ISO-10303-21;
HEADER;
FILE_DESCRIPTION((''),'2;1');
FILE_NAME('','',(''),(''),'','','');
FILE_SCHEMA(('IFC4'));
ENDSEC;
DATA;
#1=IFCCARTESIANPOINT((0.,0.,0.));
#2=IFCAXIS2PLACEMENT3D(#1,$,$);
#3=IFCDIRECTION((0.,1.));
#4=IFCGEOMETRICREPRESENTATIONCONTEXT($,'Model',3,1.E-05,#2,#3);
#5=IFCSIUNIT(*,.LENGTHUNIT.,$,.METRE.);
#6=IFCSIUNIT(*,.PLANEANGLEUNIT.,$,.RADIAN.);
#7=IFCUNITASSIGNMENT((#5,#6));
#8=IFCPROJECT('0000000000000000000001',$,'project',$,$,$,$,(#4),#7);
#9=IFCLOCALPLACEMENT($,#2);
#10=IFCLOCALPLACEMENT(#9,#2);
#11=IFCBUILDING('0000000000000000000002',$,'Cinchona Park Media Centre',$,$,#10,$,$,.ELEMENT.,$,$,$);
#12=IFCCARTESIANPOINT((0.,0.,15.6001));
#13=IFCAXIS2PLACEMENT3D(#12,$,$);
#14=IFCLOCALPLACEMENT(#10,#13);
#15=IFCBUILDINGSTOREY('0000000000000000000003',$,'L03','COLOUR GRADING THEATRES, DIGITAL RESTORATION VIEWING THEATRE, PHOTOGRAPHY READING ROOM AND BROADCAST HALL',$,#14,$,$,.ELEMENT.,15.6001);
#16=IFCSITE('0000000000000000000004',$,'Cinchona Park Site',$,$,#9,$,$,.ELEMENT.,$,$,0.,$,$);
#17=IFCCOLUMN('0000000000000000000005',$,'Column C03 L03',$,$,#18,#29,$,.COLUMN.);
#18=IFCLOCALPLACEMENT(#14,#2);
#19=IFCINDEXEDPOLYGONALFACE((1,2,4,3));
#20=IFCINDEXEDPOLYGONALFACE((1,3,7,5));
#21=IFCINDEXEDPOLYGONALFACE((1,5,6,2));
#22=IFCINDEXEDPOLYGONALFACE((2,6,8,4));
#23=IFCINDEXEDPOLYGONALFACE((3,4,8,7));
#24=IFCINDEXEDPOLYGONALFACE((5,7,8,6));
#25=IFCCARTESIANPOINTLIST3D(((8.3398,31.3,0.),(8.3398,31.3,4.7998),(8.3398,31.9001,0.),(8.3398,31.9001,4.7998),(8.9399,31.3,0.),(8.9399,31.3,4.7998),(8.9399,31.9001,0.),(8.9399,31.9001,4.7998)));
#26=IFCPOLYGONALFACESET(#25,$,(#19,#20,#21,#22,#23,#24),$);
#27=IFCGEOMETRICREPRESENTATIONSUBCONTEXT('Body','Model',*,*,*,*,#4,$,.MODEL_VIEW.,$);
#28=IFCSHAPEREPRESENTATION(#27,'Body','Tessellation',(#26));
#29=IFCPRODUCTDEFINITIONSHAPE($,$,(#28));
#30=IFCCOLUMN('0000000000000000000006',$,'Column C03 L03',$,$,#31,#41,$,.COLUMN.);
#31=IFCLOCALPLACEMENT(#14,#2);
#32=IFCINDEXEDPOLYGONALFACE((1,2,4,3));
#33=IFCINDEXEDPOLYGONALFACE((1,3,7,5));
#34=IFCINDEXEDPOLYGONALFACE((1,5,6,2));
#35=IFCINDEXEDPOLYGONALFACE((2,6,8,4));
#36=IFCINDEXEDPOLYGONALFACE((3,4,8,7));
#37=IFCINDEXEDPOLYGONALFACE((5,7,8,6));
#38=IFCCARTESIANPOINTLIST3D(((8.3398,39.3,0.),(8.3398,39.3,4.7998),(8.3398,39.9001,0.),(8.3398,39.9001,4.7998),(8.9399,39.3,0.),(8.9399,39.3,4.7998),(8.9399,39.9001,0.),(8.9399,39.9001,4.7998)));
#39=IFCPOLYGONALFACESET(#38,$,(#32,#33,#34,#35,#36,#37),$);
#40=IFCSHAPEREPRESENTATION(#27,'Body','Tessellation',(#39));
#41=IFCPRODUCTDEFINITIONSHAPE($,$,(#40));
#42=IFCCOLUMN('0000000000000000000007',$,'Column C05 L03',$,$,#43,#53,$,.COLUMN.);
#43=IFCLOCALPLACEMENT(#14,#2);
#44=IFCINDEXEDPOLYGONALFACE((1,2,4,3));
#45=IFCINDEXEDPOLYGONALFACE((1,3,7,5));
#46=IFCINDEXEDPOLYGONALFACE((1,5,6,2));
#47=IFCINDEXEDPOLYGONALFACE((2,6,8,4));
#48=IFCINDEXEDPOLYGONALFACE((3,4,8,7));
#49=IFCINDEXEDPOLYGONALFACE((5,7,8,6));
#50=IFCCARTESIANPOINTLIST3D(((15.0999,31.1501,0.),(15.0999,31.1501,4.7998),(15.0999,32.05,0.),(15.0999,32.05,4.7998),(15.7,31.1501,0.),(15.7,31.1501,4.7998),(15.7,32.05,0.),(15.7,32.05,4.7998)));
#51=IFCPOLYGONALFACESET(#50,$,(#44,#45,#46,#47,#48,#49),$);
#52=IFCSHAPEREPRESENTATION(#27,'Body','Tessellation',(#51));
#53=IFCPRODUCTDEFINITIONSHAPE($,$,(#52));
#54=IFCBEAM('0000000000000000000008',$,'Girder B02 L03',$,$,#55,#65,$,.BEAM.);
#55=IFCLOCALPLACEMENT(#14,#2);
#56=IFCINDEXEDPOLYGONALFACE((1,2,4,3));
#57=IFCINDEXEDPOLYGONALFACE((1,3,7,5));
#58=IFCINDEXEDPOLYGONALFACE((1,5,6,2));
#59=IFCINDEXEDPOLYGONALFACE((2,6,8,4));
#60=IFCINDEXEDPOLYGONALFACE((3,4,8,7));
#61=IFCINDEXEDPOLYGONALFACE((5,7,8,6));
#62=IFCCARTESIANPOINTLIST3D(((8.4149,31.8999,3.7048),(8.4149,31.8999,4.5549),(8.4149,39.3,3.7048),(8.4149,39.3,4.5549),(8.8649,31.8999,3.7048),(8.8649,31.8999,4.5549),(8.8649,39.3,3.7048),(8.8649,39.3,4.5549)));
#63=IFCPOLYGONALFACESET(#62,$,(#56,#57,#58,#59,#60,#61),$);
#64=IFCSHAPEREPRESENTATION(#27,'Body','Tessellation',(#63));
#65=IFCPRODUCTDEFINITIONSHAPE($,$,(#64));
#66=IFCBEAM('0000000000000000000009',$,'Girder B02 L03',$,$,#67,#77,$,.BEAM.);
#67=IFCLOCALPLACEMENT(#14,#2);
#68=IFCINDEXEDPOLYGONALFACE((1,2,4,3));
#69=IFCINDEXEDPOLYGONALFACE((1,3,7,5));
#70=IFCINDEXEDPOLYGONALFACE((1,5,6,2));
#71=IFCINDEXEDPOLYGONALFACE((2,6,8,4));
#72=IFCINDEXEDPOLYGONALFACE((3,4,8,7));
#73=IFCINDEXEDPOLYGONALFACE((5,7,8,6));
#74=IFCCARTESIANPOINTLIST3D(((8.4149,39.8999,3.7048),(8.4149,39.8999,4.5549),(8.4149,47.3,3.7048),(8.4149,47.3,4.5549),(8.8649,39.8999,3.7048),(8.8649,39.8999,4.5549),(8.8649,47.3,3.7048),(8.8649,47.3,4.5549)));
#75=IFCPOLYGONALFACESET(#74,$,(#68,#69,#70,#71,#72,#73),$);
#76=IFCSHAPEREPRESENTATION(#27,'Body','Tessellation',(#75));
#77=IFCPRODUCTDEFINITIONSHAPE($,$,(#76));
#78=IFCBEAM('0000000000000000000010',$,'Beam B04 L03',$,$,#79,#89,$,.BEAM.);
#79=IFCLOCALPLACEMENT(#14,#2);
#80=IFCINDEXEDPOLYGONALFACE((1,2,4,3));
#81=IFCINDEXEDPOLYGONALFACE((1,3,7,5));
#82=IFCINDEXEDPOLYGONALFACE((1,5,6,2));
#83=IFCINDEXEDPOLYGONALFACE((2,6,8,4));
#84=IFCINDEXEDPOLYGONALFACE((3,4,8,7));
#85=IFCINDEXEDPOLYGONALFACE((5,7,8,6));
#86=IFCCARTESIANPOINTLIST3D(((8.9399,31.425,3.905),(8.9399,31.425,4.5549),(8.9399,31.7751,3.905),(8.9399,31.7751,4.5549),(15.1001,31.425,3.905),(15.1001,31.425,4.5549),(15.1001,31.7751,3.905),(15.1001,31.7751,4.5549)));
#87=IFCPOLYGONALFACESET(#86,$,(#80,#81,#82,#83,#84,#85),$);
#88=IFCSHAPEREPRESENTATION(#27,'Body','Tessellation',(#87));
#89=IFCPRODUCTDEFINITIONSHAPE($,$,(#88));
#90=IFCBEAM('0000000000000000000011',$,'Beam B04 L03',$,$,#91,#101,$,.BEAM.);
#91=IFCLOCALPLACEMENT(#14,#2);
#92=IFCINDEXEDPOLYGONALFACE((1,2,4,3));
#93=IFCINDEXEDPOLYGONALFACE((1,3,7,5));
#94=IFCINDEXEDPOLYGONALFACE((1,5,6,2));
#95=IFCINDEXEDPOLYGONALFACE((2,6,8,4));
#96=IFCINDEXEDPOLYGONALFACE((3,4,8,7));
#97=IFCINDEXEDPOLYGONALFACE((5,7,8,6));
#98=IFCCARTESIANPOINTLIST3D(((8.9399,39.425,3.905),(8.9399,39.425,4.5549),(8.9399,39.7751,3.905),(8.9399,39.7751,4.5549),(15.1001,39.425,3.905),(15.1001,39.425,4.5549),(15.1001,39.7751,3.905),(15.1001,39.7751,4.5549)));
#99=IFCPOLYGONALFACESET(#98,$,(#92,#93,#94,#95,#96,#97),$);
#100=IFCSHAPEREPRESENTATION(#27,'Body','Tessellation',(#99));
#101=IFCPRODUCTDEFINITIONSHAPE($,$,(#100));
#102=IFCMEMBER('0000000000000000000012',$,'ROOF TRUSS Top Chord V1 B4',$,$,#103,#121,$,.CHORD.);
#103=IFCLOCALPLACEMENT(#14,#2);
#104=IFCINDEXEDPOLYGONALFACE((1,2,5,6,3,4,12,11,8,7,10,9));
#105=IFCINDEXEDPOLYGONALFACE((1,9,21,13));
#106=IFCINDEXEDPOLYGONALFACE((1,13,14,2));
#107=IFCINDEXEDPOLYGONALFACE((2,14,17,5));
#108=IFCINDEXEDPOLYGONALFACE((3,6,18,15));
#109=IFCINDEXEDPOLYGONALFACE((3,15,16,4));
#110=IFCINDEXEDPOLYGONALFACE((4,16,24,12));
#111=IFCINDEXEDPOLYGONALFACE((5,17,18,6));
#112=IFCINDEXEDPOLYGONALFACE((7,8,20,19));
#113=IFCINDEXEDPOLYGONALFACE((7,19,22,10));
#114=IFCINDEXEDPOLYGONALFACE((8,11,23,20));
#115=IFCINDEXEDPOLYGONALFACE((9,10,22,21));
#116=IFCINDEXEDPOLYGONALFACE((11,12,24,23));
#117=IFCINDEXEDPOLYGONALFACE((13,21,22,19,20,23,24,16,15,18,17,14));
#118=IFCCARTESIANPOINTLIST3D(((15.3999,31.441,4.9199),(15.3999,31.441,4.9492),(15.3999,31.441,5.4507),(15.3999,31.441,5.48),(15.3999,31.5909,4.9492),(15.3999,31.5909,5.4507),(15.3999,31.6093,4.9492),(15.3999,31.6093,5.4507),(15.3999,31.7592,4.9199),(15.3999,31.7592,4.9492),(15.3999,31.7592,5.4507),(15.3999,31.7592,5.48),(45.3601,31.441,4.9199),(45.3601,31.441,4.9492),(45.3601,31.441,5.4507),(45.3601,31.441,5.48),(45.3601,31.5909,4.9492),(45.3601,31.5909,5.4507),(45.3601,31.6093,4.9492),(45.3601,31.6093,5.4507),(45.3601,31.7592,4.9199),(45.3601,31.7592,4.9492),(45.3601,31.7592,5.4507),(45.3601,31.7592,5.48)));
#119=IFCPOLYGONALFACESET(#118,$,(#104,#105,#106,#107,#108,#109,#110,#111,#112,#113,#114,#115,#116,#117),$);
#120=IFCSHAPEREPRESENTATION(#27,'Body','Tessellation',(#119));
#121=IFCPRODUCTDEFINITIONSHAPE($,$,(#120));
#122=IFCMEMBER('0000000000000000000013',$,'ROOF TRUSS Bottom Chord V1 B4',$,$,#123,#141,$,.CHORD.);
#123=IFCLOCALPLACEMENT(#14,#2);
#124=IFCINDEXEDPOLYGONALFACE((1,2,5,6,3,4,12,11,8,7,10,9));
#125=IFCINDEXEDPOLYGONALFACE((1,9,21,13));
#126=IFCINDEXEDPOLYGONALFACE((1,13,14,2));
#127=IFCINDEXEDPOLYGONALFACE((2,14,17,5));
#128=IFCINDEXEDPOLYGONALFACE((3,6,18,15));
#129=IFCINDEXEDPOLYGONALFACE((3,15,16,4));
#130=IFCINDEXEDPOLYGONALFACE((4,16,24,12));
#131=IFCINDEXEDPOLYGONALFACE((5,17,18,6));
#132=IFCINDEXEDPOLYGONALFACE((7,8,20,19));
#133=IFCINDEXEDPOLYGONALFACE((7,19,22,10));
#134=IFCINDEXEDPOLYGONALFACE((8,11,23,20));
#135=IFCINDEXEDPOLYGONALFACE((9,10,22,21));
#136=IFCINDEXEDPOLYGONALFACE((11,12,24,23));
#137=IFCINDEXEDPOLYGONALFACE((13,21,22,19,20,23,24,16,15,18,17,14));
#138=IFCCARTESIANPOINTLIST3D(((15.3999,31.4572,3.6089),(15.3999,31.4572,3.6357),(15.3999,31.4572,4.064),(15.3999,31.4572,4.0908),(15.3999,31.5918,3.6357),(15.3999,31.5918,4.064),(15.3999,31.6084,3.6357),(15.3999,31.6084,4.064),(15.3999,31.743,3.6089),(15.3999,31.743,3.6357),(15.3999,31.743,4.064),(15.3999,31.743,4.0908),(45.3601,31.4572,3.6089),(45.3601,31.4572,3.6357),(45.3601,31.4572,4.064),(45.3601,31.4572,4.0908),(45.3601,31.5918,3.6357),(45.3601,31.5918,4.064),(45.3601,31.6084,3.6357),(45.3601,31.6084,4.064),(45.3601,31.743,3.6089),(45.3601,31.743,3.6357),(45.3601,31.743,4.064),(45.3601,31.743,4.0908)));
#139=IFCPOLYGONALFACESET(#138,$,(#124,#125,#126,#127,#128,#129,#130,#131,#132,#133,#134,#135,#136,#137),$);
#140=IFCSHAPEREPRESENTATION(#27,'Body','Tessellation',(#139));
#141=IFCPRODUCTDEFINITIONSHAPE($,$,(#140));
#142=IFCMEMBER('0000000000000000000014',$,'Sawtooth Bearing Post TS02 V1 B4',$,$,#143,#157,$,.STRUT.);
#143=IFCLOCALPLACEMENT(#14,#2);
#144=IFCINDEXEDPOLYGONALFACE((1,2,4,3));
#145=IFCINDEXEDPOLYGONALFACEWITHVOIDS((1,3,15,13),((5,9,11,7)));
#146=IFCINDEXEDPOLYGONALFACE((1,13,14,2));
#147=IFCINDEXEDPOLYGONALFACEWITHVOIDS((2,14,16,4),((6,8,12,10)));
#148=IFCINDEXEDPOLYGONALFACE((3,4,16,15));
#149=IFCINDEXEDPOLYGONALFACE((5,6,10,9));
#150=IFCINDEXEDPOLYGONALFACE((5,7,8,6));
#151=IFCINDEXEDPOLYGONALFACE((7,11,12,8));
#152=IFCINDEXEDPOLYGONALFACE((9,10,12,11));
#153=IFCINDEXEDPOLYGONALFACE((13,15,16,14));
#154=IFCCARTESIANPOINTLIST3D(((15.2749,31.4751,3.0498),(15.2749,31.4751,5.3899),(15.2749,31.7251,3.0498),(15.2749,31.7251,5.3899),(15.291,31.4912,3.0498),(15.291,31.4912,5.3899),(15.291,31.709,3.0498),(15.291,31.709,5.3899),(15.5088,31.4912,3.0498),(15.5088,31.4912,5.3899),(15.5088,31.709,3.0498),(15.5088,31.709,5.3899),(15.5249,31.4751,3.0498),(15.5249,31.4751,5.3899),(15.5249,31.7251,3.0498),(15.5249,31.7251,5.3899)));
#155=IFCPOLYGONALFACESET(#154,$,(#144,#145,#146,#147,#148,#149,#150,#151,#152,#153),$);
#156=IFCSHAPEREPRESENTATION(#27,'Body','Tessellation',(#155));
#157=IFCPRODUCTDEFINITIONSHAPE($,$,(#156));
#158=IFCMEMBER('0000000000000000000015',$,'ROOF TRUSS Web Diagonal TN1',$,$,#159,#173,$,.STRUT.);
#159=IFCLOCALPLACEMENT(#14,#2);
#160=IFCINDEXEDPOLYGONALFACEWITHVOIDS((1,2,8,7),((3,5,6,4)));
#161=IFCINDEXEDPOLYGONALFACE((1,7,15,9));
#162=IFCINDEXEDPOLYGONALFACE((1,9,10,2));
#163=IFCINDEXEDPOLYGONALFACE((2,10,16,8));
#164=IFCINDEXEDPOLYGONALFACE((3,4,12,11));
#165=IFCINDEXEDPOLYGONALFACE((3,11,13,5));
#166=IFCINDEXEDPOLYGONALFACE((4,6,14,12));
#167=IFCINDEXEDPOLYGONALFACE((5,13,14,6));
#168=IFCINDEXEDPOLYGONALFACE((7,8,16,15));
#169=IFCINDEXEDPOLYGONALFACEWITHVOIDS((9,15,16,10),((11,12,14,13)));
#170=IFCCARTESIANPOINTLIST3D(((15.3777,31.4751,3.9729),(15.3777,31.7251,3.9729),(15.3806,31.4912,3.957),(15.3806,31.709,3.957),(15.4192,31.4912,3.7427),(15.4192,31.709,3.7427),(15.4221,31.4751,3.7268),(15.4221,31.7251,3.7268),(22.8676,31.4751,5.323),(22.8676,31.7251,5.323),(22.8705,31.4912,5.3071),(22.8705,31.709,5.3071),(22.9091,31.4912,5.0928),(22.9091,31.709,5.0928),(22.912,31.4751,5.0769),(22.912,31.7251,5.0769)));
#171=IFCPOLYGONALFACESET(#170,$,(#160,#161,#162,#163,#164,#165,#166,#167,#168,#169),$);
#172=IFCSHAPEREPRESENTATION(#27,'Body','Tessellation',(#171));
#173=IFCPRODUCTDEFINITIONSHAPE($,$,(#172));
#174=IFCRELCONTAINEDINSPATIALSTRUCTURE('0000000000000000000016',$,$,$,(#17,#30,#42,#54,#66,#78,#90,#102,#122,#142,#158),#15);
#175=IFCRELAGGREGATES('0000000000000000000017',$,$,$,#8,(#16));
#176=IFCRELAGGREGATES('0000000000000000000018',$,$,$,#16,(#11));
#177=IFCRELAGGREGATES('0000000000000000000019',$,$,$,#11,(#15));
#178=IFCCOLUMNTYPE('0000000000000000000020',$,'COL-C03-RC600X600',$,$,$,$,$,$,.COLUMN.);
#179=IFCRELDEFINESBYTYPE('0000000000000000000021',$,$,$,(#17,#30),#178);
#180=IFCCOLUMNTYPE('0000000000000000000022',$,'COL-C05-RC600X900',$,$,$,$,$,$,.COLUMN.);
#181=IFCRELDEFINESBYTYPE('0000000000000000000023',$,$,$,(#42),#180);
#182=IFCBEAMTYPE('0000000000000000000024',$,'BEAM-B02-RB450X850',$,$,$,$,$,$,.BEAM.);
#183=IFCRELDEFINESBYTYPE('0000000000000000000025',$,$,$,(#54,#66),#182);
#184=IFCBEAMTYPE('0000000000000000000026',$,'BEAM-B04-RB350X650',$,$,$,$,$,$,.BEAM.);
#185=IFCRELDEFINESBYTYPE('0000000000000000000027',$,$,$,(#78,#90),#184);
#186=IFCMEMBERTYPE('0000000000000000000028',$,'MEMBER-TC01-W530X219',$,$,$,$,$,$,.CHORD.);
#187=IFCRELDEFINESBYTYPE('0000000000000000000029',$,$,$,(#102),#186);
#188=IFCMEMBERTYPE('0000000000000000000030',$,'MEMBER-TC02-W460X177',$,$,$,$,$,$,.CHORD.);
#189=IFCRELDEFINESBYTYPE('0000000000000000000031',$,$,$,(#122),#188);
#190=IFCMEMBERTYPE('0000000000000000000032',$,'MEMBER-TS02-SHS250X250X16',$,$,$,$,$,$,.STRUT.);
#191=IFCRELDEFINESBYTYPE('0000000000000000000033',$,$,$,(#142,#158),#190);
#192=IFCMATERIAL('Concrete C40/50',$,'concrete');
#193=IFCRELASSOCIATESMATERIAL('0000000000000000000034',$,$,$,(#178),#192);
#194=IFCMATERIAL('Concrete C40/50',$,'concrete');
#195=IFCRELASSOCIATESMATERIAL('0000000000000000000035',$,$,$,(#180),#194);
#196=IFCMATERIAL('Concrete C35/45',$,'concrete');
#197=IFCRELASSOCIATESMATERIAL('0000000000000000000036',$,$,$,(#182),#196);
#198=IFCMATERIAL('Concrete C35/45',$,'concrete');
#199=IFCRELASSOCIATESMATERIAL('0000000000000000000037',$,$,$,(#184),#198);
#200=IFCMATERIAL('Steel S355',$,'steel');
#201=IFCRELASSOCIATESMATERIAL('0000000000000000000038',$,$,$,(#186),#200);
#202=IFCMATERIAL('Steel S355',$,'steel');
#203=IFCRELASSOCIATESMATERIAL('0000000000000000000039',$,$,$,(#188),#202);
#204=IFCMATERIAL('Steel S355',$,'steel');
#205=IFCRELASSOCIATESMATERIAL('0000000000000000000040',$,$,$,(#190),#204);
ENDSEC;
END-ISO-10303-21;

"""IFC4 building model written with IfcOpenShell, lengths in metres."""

from ifc_helpers import new_model, si_unit, direction, frame, origin, origin_2d, place, context, subcontext, project, spatial, rectangle, hollow_rectangle, i_section, extrude, material, material_profile, profile_set, type_object, element, save


model = new_model("IFC4")

# Units and contexts
model_context = context("Model", 3, precision=1e-05, world=origin(), true_north=direction((0.0, 1.0)))
body_context = subcontext(model_context, "Body", "Model", "MODEL_VIEW")
ifc_project = project(units=[si_unit("LENGTHUNIT", "METRE"), si_unit("PLANEANGLEUNIT", "RADIAN")], contexts=[model_context])

# Site, building, storey
site_placement = place(None, origin())
site = spatial("IfcSite", under=ifc_project, at=site_placement, Name="Cinchona Park Site", CompositionType="ELEMENT", RefElevation=0.0)
building_placement = place(site_placement, origin())
building = spatial("IfcBuilding", under=site, at=building_placement, Name="Cinchona Park Media Centre", CompositionType="ELEMENT")
storey_placement = place(building_placement, frame((0.0, 0.0, 15.6001)))
storey = spatial("IfcBuildingStorey", under=building, at=storey_placement, Name="L03", Description="COLOUR GRADING THEATRES, DIGITAL RESTORATION VIEWING THEATRE, PHOTOGRAPHY READING ROOM AND BROADCAST HALL", CompositionType="ELEMENT", Elevation=15.6001)

# Columns
ifc_material_1 = material(Name="Concrete C40/50", Category="concrete")
ifc_material_profile_1 = material_profile(ifc_material_1, rectangle(XDim=0.6001, YDim=0.6001, at=origin_2d()), Name="RC 600X600")
ifc_profile_set_1 = profile_set([ifc_material_profile_1], Name="Concrete C40/50")
column_type_1 = type_object("IfcColumnType", Name="COL-C03-RC600X600", PredefinedType="COLUMN", material=ifc_profile_set_1)
for number, where, z_axis, x_axis, name in (
    (1, (8.6399, 31.6001, 0.0), (0.0, 0.0, 1.0), (1.0, 0.0, 0.0), "Column C03 L03"),
    (2, (8.6399, 39.6001, 0.0), (0.0, 0.0, 1.0), (1.0, 0.0, 0.0), "Column C03 L03"),
):
    element("IfcColumn", number, at=place(storey_placement, frame(where, z_axis=z_axis, x_axis=x_axis)), inside=storey, type_object=column_type_1, Name=name, PredefinedType="COLUMN", context=body_context, shape_type="SweptSolid", body=[
        extrude(rectangle(XDim=0.6001, YDim=0.6001, at=origin_2d()), origin(), (0.0, 0.0, 1.0), 4.7998),
    ])
ifc_material_2 = material(Name="Concrete C40/50", Category="concrete")
ifc_material_profile_2 = material_profile(ifc_material_2, rectangle(XDim=0.6001, YDim=0.8999, at=origin_2d()), Name="RC 600X900")
ifc_profile_set_2 = profile_set([ifc_material_profile_2], Name="Concrete C40/50")
column_type_2 = type_object("IfcColumnType", Name="COL-C05-RC600X900", PredefinedType="COLUMN", material=ifc_profile_set_2)
column_placement = place(storey_placement, frame((15.3999, 31.6001, 0.0), z_axis=(0.0, 0.0, 1.0), x_axis=(1.0, 0.0, 0.0)))
element("IfcColumn", 3, at=column_placement, inside=storey, type_object=column_type_2, Name="Column C05 L03", PredefinedType="COLUMN", context=body_context, shape_type="SweptSolid", body=[
    extrude(rectangle(XDim=0.6001, YDim=0.8999, at=origin_2d()), origin(), (0.0, 0.0, 1.0), 4.7998),
])

# Beams
ifc_material_3 = material(Name="Concrete C35/45", Category="concrete")
ifc_material_profile_3 = material_profile(ifc_material_3, rectangle(XDim=0.45, YDim=0.8501, at=origin_2d()), Name="RB 450X850")
ifc_profile_set_3 = profile_set([ifc_material_profile_3], Name="Concrete C35/45")
beam_type_1 = type_object("IfcBeamType", Name="BEAM-B02-RB450X850", PredefinedType="BEAM", material=ifc_profile_set_3)
for number, where, z_axis, x_axis, name in (
    (4, (8.6399, 31.8999, 4.1299), (0.0, 1.0, 0.0), (-1.0, 0.0, 0.0), "Girder B02 L03"),
    (5, (8.6399, 39.8999, 4.1299), (0.0, 1.0, 0.0), (-1.0, 0.0, 0.0), "Girder B02 L03"),
):
    element("IfcBeam", number, at=place(storey_placement, frame(where, z_axis=z_axis, x_axis=x_axis)), inside=storey, type_object=beam_type_1, Name=name, PredefinedType="BEAM", context=body_context, shape_type="SweptSolid", body=[
        extrude(rectangle(XDim=0.45, YDim=0.8501, at=origin_2d()), origin(), (0.0, 0.0, 1.0), 7.4001),
    ])
ifc_material_4 = material(Name="Concrete C35/45", Category="concrete")
ifc_material_profile_4 = material_profile(ifc_material_4, rectangle(XDim=0.3501, YDim=0.6499, at=origin_2d()), Name="RB 350X650")
ifc_profile_set_4 = profile_set([ifc_material_profile_4], Name="Concrete C35/45")
beam_type_2 = type_object("IfcBeamType", Name="BEAM-B04-RB350X650", PredefinedType="BEAM", material=ifc_profile_set_4)
for number, where, z_axis, x_axis, name in (
    (6, (8.9399, 31.6001, 4.23), (1.0, 0.0, 0.0), (0.0, 1.0, 0.0), "Beam B04 L03"),
    (7, (8.9399, 39.6001, 4.23), (1.0, 0.0, 0.0), (0.0, 1.0, 0.0), "Beam B04 L03"),
):
    element("IfcBeam", number, at=place(storey_placement, frame(where, z_axis=z_axis, x_axis=x_axis)), inside=storey, type_object=beam_type_2, Name=name, PredefinedType="BEAM", context=body_context, shape_type="SweptSolid", body=[
        extrude(rectangle(XDim=0.3501, YDim=0.6499, at=origin_2d()), origin(), (0.0, 0.0, 1.0), 6.1602),
    ])

# Members
ifc_material_5 = material(Name="Steel S355", Category="steel")
ifc_material_profile_5 = material_profile(ifc_material_5, i_section(OverallWidth=0.3181, OverallDepth=0.5601, WebThickness=0.0183, FlangeThickness=0.0293, at=origin_2d()), Name="W530X219")
ifc_profile_set_5 = profile_set([ifc_material_profile_5], Name="Steel S355")
member_type_1 = type_object("IfcMemberType", Name="MEMBER-TC01-W530X219", PredefinedType="CHORD", material=ifc_profile_set_5)
member_1_placement = place(storey_placement, frame((15.3999, 31.6001, 5.2), z_axis=(1.0, 0.0, 0.0), x_axis=(0.0, 1.0, 0.0)))
element("IfcMember", 8, at=member_1_placement, inside=storey, type_object=member_type_1, Name="ROOF TRUSS Top Chord V1 B4", PredefinedType="CHORD", context=body_context, shape_type="SweptSolid", body=[
    extrude(i_section(OverallWidth=0.3181, OverallDepth=0.5601, WebThickness=0.0183, FlangeThickness=0.0293, at=origin_2d()), origin(), (0.0, 0.0, 1.0), 29.9602),
])
ifc_material_6 = material(Name="Steel S355", Category="steel")
ifc_material_profile_6 = material_profile(ifc_material_6, i_section(OverallWidth=0.2859, OverallDepth=0.4819, WebThickness=0.0166, FlangeThickness=0.0269, at=origin_2d()), Name="W460X177")
ifc_profile_set_6 = profile_set([ifc_material_profile_6], Name="Steel S355")
member_type_2 = type_object("IfcMemberType", Name="MEMBER-TC02-W460X177", PredefinedType="CHORD", material=ifc_profile_set_6)
member_2_placement = place(storey_placement, frame((15.3999, 31.6001, 3.8499), z_axis=(1.0, 0.0, 0.0), x_axis=(0.0, 1.0, 0.0)))
element("IfcMember", 9, at=member_2_placement, inside=storey, type_object=member_type_2, Name="ROOF TRUSS Bottom Chord V1 B4", PredefinedType="CHORD", context=body_context, shape_type="SweptSolid", body=[
    extrude(i_section(OverallWidth=0.2859, OverallDepth=0.4819, WebThickness=0.0166, FlangeThickness=0.0269, at=origin_2d()), origin(), (0.0, 0.0, 1.0), 29.9602),
])
ifc_material_7 = material(Name="Steel S355", Category="steel")
ifc_material_profile_7 = material_profile(ifc_material_7, hollow_rectangle(XDim=0.25, YDim=0.25, WallThickness=0.0161, at=origin_2d()), Name="250X250X16SHS")
ifc_profile_set_7 = profile_set([ifc_material_profile_7], Name="Steel S355")
member_type_3 = type_object("IfcMemberType", Name="MEMBER-TS02-SHS250X250X16", PredefinedType="STRUT", material=ifc_profile_set_7)
member_3_placement = place(storey_placement, frame((15.3999, 31.6001, 3.0498), z_axis=(0.0, 0.0, 1.0), x_axis=(1.0, 0.0, 0.0)))
element("IfcMember", 10, at=member_3_placement, inside=storey, type_object=member_type_3, Name="Sawtooth Bearing Post TS02 V1 B4", PredefinedType="STRUT", context=body_context, shape_type="SweptSolid", body=[
    extrude(hollow_rectangle(XDim=0.25, YDim=0.25, WallThickness=0.0161, at=origin_2d()), origin(), (0.0, 0.0, 1.0), 2.3401),
])
member_4_placement = place(storey_placement, frame((15.3999, 31.6001, 3.8499), z_axis=(0.98414, 0.0, 0.177395), x_axis=(0.0, 1.0, 0.0)))
element("IfcMember", 11, at=member_4_placement, inside=storey, type_object=member_type_3, Name="ROOF TRUSS Web Diagonal TN1", PredefinedType="STRUT", context=body_context, shape_type="SweptSolid", body=[
    extrude(hollow_rectangle(XDim=0.25, YDim=0.25, WallThickness=0.0161, at=origin_2d()), origin(), (0.0, 0.0, 1.0), 7.6106),
])

save(model, "model.ifc")
